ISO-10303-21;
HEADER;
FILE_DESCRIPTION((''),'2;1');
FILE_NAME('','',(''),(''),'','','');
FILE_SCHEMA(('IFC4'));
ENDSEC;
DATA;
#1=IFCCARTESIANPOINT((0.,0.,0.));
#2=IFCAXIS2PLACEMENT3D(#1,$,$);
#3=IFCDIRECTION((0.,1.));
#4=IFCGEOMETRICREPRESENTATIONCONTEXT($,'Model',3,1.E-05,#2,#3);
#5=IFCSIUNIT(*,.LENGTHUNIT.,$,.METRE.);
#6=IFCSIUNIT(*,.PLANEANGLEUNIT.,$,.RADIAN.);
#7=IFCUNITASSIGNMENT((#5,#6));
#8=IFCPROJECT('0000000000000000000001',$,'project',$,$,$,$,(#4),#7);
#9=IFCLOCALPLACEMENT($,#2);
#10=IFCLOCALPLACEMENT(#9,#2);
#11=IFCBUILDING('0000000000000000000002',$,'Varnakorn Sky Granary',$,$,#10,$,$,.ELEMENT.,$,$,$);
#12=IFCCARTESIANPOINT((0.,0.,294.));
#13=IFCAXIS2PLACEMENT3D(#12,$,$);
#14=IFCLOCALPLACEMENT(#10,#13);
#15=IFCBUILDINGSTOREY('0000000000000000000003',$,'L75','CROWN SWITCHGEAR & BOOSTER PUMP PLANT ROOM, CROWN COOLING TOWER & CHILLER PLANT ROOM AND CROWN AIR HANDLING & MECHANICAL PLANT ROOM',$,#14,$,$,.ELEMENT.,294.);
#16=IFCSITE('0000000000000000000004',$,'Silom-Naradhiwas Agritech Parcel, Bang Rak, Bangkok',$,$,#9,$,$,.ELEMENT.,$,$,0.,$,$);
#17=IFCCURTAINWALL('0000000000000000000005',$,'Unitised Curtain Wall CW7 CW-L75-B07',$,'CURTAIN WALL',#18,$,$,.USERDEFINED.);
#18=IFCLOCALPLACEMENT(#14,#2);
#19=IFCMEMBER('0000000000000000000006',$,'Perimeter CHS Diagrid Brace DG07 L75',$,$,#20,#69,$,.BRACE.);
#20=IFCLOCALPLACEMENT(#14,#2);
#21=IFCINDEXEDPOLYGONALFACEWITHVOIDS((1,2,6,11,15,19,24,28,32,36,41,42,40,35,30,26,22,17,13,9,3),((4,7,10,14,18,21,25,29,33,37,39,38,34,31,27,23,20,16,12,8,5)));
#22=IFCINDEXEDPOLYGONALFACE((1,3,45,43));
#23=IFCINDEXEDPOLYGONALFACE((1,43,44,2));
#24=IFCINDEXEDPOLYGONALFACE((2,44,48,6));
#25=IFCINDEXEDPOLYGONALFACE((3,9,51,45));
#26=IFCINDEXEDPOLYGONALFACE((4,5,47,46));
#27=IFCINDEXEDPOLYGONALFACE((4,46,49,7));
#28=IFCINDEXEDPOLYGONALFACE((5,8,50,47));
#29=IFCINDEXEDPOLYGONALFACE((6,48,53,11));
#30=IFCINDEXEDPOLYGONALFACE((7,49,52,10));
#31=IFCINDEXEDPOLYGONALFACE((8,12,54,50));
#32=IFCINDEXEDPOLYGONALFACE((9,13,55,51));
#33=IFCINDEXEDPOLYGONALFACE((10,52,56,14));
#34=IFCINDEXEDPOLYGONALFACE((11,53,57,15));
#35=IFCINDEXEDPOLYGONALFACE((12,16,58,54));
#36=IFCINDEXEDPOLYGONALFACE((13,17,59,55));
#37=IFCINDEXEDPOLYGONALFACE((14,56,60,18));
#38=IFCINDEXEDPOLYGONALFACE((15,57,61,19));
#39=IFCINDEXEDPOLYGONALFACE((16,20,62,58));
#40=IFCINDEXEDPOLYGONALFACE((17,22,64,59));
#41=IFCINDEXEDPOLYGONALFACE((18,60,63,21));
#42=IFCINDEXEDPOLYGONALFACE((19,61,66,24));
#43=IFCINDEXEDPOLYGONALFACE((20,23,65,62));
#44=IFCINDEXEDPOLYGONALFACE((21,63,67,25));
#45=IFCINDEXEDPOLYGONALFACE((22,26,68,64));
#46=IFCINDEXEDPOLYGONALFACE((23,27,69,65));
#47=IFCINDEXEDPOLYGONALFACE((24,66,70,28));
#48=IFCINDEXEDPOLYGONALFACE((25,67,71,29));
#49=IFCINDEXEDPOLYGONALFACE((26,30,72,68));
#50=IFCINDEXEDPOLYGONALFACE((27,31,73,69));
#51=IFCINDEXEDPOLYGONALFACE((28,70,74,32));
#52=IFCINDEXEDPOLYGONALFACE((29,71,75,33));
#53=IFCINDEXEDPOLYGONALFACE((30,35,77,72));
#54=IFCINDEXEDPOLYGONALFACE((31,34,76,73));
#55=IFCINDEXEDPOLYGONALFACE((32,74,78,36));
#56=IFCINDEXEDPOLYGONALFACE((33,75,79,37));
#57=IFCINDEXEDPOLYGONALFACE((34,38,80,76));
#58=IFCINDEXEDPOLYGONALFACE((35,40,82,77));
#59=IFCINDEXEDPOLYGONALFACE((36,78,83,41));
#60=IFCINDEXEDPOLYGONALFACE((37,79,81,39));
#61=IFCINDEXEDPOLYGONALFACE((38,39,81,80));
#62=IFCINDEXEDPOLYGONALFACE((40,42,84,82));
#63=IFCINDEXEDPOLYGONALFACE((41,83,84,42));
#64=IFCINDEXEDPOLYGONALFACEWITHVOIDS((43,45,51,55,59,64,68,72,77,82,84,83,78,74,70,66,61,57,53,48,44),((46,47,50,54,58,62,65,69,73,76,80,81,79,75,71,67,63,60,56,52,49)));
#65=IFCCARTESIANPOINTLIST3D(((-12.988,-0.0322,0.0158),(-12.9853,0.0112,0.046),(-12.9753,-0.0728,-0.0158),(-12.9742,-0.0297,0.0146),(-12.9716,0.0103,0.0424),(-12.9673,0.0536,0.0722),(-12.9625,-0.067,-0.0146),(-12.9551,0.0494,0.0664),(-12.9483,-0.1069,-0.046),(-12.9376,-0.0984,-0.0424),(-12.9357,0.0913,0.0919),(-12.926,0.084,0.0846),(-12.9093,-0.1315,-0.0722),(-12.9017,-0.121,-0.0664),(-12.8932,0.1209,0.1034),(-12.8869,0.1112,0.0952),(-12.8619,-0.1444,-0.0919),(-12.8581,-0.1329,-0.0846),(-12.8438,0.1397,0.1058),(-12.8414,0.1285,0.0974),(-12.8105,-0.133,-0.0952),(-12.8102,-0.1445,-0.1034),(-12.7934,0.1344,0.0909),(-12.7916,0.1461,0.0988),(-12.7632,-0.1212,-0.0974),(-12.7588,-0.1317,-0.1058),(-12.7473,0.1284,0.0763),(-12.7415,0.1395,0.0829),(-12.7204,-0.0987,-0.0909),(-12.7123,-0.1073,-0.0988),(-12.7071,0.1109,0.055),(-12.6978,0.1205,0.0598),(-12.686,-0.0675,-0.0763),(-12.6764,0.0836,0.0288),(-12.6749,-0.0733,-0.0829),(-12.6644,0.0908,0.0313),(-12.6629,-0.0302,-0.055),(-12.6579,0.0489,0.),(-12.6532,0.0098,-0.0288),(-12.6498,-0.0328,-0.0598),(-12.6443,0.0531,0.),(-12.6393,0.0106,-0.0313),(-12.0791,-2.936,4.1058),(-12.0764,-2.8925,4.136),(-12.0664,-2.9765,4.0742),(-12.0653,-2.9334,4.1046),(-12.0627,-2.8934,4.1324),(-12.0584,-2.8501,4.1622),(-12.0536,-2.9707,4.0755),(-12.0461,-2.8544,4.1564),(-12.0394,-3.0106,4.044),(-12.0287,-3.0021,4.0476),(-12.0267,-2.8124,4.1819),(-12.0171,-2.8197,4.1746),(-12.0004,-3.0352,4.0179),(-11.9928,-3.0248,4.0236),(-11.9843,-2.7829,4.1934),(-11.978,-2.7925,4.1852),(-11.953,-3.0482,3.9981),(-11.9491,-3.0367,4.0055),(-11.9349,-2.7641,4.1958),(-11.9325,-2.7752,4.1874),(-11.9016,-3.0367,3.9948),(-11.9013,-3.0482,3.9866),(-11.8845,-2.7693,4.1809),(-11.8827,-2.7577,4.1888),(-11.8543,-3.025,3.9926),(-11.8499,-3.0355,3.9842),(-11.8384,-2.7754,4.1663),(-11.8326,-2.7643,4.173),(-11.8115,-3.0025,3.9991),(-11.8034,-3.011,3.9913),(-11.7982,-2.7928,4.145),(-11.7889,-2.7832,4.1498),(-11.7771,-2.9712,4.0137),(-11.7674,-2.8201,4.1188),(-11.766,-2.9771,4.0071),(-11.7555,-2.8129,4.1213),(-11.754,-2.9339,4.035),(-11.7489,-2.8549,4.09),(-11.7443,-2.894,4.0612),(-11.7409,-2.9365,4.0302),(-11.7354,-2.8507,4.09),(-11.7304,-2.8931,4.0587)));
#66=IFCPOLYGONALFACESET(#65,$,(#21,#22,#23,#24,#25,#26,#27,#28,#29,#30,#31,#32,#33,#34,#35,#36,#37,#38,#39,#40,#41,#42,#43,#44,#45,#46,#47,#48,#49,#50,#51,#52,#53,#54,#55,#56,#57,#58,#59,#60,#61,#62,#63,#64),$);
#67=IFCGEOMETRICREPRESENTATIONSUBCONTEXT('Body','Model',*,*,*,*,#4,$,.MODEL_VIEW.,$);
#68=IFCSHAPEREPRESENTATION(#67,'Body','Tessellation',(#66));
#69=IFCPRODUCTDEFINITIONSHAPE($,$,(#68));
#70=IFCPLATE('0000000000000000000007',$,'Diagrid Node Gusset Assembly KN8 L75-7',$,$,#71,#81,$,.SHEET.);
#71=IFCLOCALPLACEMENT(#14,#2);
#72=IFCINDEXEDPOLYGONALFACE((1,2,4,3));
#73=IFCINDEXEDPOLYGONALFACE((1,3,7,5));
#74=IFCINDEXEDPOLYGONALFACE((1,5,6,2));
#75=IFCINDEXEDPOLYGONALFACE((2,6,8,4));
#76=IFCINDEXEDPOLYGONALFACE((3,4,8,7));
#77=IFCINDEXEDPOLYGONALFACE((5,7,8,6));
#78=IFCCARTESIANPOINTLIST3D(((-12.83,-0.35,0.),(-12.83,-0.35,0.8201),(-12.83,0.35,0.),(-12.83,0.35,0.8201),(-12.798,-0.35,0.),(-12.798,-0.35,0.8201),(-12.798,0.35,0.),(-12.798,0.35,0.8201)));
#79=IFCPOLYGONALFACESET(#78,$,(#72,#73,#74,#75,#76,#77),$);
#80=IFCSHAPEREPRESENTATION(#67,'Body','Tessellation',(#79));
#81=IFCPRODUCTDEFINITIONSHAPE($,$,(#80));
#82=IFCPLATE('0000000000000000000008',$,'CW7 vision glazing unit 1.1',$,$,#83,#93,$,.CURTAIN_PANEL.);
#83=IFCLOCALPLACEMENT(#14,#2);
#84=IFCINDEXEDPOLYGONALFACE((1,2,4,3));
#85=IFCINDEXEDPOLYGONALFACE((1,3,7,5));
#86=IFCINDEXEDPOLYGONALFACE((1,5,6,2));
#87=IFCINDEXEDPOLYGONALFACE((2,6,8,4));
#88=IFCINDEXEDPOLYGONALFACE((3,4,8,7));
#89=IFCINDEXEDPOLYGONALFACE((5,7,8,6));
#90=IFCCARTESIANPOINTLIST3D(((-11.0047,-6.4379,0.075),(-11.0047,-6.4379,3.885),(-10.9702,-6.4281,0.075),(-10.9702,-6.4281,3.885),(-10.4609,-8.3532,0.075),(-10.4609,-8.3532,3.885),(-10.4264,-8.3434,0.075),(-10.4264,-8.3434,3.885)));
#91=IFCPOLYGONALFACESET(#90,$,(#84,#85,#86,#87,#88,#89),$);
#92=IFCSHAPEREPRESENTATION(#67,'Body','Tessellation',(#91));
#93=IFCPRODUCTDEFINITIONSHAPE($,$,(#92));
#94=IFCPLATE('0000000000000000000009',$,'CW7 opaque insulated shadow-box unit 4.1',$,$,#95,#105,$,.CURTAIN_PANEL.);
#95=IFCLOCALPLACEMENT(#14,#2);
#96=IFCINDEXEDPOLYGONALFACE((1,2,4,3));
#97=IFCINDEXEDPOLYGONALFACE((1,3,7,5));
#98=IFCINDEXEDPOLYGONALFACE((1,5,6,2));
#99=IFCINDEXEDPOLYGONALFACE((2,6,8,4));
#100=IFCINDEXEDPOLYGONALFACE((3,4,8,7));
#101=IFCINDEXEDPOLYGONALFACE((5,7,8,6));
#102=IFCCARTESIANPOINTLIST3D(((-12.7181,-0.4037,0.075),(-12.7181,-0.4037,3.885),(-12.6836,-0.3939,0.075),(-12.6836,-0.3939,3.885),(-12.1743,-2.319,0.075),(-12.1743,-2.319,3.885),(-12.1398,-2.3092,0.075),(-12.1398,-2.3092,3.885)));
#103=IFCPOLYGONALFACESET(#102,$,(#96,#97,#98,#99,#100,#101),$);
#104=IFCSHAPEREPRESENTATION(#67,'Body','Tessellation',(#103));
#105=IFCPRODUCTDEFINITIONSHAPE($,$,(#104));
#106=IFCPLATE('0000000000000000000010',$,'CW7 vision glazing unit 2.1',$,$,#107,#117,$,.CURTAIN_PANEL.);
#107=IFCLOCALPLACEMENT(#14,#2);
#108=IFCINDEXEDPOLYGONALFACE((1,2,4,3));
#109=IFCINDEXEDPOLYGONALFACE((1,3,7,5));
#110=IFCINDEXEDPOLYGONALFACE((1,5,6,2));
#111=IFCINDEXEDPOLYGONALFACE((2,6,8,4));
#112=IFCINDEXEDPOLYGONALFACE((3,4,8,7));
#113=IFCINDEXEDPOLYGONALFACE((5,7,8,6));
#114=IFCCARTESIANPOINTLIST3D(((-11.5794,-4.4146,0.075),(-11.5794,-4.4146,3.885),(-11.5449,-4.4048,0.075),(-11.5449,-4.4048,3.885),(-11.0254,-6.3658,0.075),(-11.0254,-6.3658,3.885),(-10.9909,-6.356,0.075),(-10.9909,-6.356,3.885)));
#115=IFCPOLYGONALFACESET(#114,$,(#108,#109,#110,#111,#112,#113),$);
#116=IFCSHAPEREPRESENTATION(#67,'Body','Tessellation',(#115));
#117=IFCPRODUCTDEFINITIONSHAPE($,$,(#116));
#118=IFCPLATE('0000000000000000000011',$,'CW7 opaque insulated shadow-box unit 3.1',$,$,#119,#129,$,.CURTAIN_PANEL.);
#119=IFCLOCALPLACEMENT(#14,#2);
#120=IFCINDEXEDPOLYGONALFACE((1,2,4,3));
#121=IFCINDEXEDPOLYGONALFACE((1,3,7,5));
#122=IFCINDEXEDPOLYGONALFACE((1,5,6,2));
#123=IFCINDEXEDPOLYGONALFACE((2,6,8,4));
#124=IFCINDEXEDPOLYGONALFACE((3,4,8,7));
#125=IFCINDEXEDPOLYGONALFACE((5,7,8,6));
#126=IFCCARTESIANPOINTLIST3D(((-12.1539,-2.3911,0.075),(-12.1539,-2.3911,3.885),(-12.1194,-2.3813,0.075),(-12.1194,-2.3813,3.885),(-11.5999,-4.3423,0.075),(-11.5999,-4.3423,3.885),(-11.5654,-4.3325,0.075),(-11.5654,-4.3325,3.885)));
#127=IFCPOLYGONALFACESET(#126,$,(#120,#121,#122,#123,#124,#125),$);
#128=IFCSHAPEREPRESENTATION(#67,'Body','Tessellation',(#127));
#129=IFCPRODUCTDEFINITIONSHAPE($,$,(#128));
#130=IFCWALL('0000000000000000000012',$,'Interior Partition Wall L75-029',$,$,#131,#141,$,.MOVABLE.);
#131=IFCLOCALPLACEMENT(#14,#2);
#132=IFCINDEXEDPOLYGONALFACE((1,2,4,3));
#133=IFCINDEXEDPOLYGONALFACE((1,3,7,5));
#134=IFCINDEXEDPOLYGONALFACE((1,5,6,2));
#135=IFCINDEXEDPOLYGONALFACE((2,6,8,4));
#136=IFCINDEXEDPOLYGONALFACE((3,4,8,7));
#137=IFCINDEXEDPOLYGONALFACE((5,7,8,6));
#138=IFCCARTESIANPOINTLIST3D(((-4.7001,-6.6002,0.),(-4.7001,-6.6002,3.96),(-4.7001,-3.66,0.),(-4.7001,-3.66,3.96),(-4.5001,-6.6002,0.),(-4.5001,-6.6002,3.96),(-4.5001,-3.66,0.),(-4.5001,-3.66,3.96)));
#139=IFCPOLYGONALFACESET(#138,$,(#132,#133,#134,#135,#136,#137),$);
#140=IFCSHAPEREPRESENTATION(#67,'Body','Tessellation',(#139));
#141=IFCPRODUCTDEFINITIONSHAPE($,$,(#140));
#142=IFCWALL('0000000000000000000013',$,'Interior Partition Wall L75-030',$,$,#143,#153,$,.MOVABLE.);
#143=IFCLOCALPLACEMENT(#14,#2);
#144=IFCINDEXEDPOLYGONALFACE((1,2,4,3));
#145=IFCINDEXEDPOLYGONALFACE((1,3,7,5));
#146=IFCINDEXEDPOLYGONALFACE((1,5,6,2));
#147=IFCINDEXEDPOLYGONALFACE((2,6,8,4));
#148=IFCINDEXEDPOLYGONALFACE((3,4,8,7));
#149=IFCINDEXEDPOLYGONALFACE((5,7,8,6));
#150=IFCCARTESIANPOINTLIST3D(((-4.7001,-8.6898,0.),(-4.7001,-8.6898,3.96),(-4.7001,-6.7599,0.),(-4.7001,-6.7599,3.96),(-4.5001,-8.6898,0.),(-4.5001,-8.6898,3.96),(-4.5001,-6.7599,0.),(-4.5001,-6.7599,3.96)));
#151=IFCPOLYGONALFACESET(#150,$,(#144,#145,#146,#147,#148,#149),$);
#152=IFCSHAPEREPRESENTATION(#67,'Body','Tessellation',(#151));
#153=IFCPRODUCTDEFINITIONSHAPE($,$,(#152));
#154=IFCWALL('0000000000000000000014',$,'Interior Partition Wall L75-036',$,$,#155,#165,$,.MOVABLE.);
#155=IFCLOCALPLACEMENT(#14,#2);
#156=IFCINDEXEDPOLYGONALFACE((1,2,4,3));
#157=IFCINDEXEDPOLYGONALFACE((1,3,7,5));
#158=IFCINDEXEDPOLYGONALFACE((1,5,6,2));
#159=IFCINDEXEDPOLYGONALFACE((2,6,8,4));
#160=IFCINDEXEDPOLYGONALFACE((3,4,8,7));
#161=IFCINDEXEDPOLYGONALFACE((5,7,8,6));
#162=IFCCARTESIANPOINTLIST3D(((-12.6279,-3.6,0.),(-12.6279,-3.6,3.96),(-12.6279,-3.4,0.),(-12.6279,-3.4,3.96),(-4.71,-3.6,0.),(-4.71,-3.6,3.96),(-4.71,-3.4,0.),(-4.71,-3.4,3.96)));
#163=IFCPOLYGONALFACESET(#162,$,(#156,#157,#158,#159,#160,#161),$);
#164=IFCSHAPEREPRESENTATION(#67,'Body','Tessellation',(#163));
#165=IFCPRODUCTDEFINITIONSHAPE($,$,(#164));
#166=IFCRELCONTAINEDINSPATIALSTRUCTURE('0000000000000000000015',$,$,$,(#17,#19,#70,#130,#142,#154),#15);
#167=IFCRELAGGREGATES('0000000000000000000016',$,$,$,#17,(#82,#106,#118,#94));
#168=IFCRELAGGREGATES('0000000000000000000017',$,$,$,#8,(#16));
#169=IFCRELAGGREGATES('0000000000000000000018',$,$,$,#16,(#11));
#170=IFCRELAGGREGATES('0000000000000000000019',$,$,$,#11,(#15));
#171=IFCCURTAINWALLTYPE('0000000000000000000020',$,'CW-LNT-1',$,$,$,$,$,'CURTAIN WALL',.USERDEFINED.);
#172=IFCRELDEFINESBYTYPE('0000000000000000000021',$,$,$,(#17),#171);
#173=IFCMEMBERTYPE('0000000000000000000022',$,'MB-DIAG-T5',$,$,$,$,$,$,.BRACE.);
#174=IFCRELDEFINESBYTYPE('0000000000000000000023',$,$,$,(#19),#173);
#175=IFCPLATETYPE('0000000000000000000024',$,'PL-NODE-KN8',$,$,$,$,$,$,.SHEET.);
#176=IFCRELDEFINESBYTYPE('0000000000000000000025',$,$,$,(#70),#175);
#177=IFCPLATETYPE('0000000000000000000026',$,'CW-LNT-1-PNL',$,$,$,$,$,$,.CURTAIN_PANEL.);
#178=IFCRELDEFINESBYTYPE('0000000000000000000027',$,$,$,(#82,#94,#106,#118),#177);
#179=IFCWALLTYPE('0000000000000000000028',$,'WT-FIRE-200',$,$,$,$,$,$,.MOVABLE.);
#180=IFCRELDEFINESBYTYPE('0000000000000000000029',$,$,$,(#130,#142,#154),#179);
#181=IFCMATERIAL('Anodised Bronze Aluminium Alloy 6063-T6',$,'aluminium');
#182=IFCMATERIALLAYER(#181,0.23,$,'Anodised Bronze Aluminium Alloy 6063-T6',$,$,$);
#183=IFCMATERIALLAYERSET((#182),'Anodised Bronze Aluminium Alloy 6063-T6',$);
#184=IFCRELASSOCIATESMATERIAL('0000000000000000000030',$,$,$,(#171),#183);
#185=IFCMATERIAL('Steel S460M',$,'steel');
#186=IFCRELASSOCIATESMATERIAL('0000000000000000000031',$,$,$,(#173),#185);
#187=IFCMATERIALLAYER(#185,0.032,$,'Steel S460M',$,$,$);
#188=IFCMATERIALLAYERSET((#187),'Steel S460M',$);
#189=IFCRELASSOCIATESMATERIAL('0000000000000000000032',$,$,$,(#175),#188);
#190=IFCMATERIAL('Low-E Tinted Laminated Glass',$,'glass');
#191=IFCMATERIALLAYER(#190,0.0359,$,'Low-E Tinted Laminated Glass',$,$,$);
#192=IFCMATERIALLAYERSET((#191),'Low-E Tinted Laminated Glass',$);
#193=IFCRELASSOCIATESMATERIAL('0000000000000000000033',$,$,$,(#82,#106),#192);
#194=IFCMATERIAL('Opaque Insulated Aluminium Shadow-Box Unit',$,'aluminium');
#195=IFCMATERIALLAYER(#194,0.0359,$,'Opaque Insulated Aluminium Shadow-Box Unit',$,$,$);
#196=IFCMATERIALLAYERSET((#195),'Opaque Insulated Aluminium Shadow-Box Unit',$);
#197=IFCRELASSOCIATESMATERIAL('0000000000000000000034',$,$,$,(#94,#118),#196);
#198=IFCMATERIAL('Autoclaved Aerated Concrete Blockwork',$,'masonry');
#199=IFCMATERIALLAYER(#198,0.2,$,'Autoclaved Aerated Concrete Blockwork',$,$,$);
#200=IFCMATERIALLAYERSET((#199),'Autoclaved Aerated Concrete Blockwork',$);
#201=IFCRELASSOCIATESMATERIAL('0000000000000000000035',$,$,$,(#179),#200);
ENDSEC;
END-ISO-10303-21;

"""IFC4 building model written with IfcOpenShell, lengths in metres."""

from ifc_helpers import new_model, si_unit, direction, frame, frame_2d, origin, origin_2d, place, context, subcontext, project, spatial, rectangle, hollow_circle, extrude, source, transform, mapped, material, layer, layer_set, material_profile, profile_set, type_object, type_shapes, element, aggregate, save


model = new_model("IFC4")

# Units and contexts
model_context = context("Model", 3, precision=1e-05, world=origin(), true_north=direction((0.0, 1.0)))
body_context = subcontext(model_context, "Body", "Model", "MODEL_VIEW")
ifc_project = project(units=[si_unit("LENGTHUNIT", "METRE"), si_unit("PLANEANGLEUNIT", "RADIAN")], contexts=[model_context])

# Site, building, storey
site_placement = place(None, origin())
site = spatial("IfcSite", under=ifc_project, at=site_placement, Name="Silom-Naradhiwas Agritech Parcel, Bang Rak, Bangkok", CompositionType="ELEMENT", RefElevation=0.0)
building_placement = place(site_placement, origin())
building = spatial("IfcBuilding", under=site, at=building_placement, Name="Varnakorn Sky Granary", CompositionType="ELEMENT")
storey_placement = place(building_placement, frame((0.0, 0.0, 294.0)))
storey = spatial("IfcBuildingStorey", under=building, at=storey_placement, Name="L75", Description="CROWN SWITCHGEAR & BOOSTER PUMP PLANT ROOM, CROWN COOLING TOWER & CHILLER PLANT ROOM AND CROWN AIR HANDLING & MECHANICAL PLANT ROOM", CompositionType="ELEMENT", Elevation=294.0)

# Shared definitions
ifc_material_1 = material(Name="Steel S460M", Category="steel")

# Curtain wall
ifc_material_2 = material(Name="Anodised Bronze Aluminium Alloy 6063-T6", Category="aluminium")
ifc_layer_1 = layer(ifc_material_2, 0.23, Name="Anodised Bronze Aluminium Alloy 6063-T6")
ifc_layer_set_1 = layer_set([ifc_layer_1], Name="Anodised Bronze Aluminium Alloy 6063-T6")
curtain_wall_type = type_object("IfcCurtainWallType", Name="CW-LNT-1", ElementType="CURTAIN WALL", PredefinedType="USERDEFINED", material=ifc_layer_set_1)
curtain_wall_placement = place(storey_placement, origin())
curtain_wall = element("IfcCurtainWall", 1, at=curtain_wall_placement, inside=storey, type_object=curtain_wall_type, Name="Unitised Curtain Wall CW7 CW-L75-B07", ObjectType="CURTAIN WALL", PredefinedType="USERDEFINED")

# Member
ifc_material_profile_1 = material_profile(ifc_material_1, hollow_circle(Radius=0.1777, WallThickness=0.0142, at=origin_2d()), Name="CHS 355.6x14")
ifc_profile_set_1 = profile_set([ifc_material_profile_1], Name="Steel S460M")
member_type_1 = type_object("IfcMemberType", Name="MB-DIAG-T5", PredefinedType="BRACE", material=ifc_profile_set_1)
for number, where, z_axis, x_axis, name in (
    (2, (-12.814, 0.0, 0.0), (0.178301, -0.569625, 0.802331), (0.95434, 0.298723, 0.0), "Perimeter CHS Diagrid Brace DG07 L75"),
):
    element("IfcMember", number, at=place(storey_placement, frame(where, z_axis=z_axis, x_axis=x_axis)), inside=storey, type_object=member_type_1, Name=name, PredefinedType="BRACE", context=body_context, shape_type="SweptSolid", body=[
        extrude(hollow_circle(Radius=0.1777, WallThickness=0.0142, at=origin_2d()), origin(), (0.0, 0.0, 1.0), 5.0977),
    ])

# Plates
ifc_layer_2 = layer(ifc_material_1, 0.032, Name="Steel S460M")
ifc_layer_set_2 = layer_set([ifc_layer_2], Name="Steel S460M")
plate_type_1 = type_object("IfcPlateType", Name="PL-NODE-KN8", PredefinedType="SHEET", material=ifc_layer_set_2)
plate_1_placement = place(storey_placement, frame((-12.814, 0.0, 0.0), z_axis=(0.0, 0.0, 1.0), x_axis=(0.0, -1.0, 0.0)))
element("IfcPlate", 3, at=plate_1_placement, inside=storey, type_object=plate_type_1, Name="Diagrid Node Gusset Assembly KN8 L75-7", PredefinedType="SHEET", context=body_context, shape_type="SweptSolid", body=[
    extrude(rectangle(XDim=0.7, YDim=0.032, at=origin_2d()), origin(), (0.0, 0.0, 1.0), 0.8201),
])
ifc_material_3 = material(Name="Low-E Tinted Laminated Glass", Category="glass")
ifc_layer_3 = layer(ifc_material_3, 0.0359, Name="Low-E Tinted Laminated Glass")
ifc_layer_set_3 = layer_set([ifc_layer_3], Name="Low-E Tinted Laminated Glass")
plate_type_2 = type_object("IfcPlateType", Name="CW-LNT-1-PNL", PredefinedType="CURTAIN_PANEL")
shared_shape_1 = source(origin(), body_context, "Body", "SweptSolid", [
    extrude(rectangle(XDim=1.991, YDim=0.0359, at=origin_2d()), origin(), (0.0, 0.0, 1.0), 3.8101),
])
plate_2_placement = place(storey_placement, frame((-10.7156, -7.3906, 0.075), z_axis=(0.0, 0.0, 1.0), x_axis=(-0.273126, 0.961978, 0.0)))
plate_2 = element("IfcPlate", 4, at=plate_2_placement, type_object=plate_type_2, material=ifc_layer_set_3, Name="CW7 vision glazing unit 1.1", PredefinedType="CURTAIN_PANEL", context=body_context, shape_type="MappedRepresentation", body=[
    mapped(shared_shape_1, transform((0.0, 0.0, 0.0), x_axis=(1.0, 0.0, 0.0), y_axis=(0.0, 1.0, 0.0), z_axis=(0.0, 0.0, 1.0), scale=1.0)),
])
ifc_material_4 = material(Name="Opaque Insulated Aluminium Shadow-Box Unit", Category="aluminium")
ifc_layer_4 = layer(ifc_material_4, 0.0359, Name="Opaque Insulated Aluminium Shadow-Box Unit")
ifc_layer_set_4 = layer_set([ifc_layer_4], Name="Opaque Insulated Aluminium Shadow-Box Unit")
plate_3_placement = place(storey_placement, frame((-12.429, -1.3564, 0.075), z_axis=(0.0, 0.0, 1.0), x_axis=(-0.273126, 0.961978, 0.0)))
plate_3 = element("IfcPlate", 5, at=plate_3_placement, type_object=plate_type_2, material=ifc_layer_set_4, Name="CW7 opaque insulated shadow-box unit 4.1", PredefinedType="CURTAIN_PANEL", context=body_context, shape_type="MappedRepresentation", body=[
    mapped(shared_shape_1, transform((0.0, 0.0, 0.0), x_axis=(1.0, 0.0, 0.0), y_axis=(0.0, 1.0, 0.0), z_axis=(0.0, 0.0, 1.0), scale=1.0)),
])
shared_shape_2 = source(origin(), body_context, "Body", "SweptSolid", [
    extrude(rectangle(XDim=2.0283, YDim=0.0359, at=origin_2d()), origin(), (0.0, 0.0, 1.0), 3.8101),
])
type_shapes(plate_type_2, [shared_shape_1, shared_shape_2])
plate_4_placement = place(storey_placement, frame((-11.2852, -5.3853, 0.075), z_axis=(0.0, 0.0, 1.0), x_axis=(-0.273126, 0.961978, 0.0)))
plate_4 = element("IfcPlate", 6, at=plate_4_placement, type_object=plate_type_2, material=ifc_layer_set_3, Name="CW7 vision glazing unit 2.1", PredefinedType="CURTAIN_PANEL", context=body_context, shape_type="MappedRepresentation", body=[
    mapped(shared_shape_2, transform((0.0, 0.0, 0.0), x_axis=(1.0, 0.0, 0.0), y_axis=(0.0, 1.0, 0.0), z_axis=(0.0, 0.0, 1.0), scale=1.0)),
])
plate_5_placement = place(storey_placement, frame((-11.8596, -3.3618, 0.075), z_axis=(0.0, 0.0, 1.0), x_axis=(-0.273126, 0.961978, 0.0)))
plate_5 = element("IfcPlate", 7, at=plate_5_placement, type_object=plate_type_2, material=ifc_layer_set_4, Name="CW7 opaque insulated shadow-box unit 3.1", PredefinedType="CURTAIN_PANEL", context=body_context, shape_type="MappedRepresentation", body=[
    mapped(shared_shape_2, transform((0.0, 0.0, 0.0), x_axis=(1.0, 0.0, 0.0), y_axis=(0.0, 1.0, 0.0), z_axis=(0.0, 0.0, 1.0), scale=1.0)),
])
aggregate(curtain_wall, [plate_2, plate_4, plate_5, plate_3])

# Walls
ifc_material_5 = material(Name="Autoclaved Aerated Concrete Blockwork", Category="masonry")
ifc_layer_5 = layer(ifc_material_5, 0.2, Name="Autoclaved Aerated Concrete Blockwork")
ifc_layer_set_5 = layer_set([ifc_layer_5], Name="Autoclaved Aerated Concrete Blockwork")
wall_type = type_object("IfcWallType", Name="WT-FIRE-200", PredefinedType="MOVABLE", material=ifc_layer_set_5)
wall_1_placement = place(storey_placement, frame((-4.6001, -3.6599, 0.0), z_axis=(0.0, 0.0, 1.0), x_axis=(0.0, -1.0, 0.0)))
element("IfcWall", 8, at=wall_1_placement, inside=storey, type_object=wall_type, Name="Interior Partition Wall L75-029", PredefinedType="MOVABLE", context=body_context, shape_type="SweptSolid", body=[
    extrude(rectangle(XDim=2.9402, YDim=0.2, at=frame_2d((1.4702, 0.0))), origin(), (0.0, 0.0, 1.0), 3.96),
])
wall_2_placement = place(storey_placement, frame((-4.6001, -6.76, 0.0), z_axis=(0.0, 0.0, 1.0), x_axis=(0.0, -1.0, 0.0)))
element("IfcWall", 9, at=wall_2_placement, inside=storey, type_object=wall_type, Name="Interior Partition Wall L75-030", PredefinedType="MOVABLE", context=body_context, shape_type="SweptSolid", body=[
    extrude(rectangle(XDim=1.9299, YDim=0.2, at=frame_2d((0.9648, 0.0))), origin(), (0.0, 0.0, 1.0), 3.96),
])
wall_3_placement = place(storey_placement, frame((-4.71, -3.5, 0.0), z_axis=(0.0, 0.0, 1.0), x_axis=(-1.0, 0.0, 0.0)))
element("IfcWall", 10, at=wall_3_placement, inside=storey, type_object=wall_type, Name="Interior Partition Wall L75-036", PredefinedType="MOVABLE", context=body_context, shape_type="SweptSolid", body=[
    extrude(rectangle(XDim=7.918, YDim=0.2, at=frame_2d((3.959, 0.0))), origin(), (0.0, 0.0, 1.0), 3.96),
])

save(model, "model.ifc")
